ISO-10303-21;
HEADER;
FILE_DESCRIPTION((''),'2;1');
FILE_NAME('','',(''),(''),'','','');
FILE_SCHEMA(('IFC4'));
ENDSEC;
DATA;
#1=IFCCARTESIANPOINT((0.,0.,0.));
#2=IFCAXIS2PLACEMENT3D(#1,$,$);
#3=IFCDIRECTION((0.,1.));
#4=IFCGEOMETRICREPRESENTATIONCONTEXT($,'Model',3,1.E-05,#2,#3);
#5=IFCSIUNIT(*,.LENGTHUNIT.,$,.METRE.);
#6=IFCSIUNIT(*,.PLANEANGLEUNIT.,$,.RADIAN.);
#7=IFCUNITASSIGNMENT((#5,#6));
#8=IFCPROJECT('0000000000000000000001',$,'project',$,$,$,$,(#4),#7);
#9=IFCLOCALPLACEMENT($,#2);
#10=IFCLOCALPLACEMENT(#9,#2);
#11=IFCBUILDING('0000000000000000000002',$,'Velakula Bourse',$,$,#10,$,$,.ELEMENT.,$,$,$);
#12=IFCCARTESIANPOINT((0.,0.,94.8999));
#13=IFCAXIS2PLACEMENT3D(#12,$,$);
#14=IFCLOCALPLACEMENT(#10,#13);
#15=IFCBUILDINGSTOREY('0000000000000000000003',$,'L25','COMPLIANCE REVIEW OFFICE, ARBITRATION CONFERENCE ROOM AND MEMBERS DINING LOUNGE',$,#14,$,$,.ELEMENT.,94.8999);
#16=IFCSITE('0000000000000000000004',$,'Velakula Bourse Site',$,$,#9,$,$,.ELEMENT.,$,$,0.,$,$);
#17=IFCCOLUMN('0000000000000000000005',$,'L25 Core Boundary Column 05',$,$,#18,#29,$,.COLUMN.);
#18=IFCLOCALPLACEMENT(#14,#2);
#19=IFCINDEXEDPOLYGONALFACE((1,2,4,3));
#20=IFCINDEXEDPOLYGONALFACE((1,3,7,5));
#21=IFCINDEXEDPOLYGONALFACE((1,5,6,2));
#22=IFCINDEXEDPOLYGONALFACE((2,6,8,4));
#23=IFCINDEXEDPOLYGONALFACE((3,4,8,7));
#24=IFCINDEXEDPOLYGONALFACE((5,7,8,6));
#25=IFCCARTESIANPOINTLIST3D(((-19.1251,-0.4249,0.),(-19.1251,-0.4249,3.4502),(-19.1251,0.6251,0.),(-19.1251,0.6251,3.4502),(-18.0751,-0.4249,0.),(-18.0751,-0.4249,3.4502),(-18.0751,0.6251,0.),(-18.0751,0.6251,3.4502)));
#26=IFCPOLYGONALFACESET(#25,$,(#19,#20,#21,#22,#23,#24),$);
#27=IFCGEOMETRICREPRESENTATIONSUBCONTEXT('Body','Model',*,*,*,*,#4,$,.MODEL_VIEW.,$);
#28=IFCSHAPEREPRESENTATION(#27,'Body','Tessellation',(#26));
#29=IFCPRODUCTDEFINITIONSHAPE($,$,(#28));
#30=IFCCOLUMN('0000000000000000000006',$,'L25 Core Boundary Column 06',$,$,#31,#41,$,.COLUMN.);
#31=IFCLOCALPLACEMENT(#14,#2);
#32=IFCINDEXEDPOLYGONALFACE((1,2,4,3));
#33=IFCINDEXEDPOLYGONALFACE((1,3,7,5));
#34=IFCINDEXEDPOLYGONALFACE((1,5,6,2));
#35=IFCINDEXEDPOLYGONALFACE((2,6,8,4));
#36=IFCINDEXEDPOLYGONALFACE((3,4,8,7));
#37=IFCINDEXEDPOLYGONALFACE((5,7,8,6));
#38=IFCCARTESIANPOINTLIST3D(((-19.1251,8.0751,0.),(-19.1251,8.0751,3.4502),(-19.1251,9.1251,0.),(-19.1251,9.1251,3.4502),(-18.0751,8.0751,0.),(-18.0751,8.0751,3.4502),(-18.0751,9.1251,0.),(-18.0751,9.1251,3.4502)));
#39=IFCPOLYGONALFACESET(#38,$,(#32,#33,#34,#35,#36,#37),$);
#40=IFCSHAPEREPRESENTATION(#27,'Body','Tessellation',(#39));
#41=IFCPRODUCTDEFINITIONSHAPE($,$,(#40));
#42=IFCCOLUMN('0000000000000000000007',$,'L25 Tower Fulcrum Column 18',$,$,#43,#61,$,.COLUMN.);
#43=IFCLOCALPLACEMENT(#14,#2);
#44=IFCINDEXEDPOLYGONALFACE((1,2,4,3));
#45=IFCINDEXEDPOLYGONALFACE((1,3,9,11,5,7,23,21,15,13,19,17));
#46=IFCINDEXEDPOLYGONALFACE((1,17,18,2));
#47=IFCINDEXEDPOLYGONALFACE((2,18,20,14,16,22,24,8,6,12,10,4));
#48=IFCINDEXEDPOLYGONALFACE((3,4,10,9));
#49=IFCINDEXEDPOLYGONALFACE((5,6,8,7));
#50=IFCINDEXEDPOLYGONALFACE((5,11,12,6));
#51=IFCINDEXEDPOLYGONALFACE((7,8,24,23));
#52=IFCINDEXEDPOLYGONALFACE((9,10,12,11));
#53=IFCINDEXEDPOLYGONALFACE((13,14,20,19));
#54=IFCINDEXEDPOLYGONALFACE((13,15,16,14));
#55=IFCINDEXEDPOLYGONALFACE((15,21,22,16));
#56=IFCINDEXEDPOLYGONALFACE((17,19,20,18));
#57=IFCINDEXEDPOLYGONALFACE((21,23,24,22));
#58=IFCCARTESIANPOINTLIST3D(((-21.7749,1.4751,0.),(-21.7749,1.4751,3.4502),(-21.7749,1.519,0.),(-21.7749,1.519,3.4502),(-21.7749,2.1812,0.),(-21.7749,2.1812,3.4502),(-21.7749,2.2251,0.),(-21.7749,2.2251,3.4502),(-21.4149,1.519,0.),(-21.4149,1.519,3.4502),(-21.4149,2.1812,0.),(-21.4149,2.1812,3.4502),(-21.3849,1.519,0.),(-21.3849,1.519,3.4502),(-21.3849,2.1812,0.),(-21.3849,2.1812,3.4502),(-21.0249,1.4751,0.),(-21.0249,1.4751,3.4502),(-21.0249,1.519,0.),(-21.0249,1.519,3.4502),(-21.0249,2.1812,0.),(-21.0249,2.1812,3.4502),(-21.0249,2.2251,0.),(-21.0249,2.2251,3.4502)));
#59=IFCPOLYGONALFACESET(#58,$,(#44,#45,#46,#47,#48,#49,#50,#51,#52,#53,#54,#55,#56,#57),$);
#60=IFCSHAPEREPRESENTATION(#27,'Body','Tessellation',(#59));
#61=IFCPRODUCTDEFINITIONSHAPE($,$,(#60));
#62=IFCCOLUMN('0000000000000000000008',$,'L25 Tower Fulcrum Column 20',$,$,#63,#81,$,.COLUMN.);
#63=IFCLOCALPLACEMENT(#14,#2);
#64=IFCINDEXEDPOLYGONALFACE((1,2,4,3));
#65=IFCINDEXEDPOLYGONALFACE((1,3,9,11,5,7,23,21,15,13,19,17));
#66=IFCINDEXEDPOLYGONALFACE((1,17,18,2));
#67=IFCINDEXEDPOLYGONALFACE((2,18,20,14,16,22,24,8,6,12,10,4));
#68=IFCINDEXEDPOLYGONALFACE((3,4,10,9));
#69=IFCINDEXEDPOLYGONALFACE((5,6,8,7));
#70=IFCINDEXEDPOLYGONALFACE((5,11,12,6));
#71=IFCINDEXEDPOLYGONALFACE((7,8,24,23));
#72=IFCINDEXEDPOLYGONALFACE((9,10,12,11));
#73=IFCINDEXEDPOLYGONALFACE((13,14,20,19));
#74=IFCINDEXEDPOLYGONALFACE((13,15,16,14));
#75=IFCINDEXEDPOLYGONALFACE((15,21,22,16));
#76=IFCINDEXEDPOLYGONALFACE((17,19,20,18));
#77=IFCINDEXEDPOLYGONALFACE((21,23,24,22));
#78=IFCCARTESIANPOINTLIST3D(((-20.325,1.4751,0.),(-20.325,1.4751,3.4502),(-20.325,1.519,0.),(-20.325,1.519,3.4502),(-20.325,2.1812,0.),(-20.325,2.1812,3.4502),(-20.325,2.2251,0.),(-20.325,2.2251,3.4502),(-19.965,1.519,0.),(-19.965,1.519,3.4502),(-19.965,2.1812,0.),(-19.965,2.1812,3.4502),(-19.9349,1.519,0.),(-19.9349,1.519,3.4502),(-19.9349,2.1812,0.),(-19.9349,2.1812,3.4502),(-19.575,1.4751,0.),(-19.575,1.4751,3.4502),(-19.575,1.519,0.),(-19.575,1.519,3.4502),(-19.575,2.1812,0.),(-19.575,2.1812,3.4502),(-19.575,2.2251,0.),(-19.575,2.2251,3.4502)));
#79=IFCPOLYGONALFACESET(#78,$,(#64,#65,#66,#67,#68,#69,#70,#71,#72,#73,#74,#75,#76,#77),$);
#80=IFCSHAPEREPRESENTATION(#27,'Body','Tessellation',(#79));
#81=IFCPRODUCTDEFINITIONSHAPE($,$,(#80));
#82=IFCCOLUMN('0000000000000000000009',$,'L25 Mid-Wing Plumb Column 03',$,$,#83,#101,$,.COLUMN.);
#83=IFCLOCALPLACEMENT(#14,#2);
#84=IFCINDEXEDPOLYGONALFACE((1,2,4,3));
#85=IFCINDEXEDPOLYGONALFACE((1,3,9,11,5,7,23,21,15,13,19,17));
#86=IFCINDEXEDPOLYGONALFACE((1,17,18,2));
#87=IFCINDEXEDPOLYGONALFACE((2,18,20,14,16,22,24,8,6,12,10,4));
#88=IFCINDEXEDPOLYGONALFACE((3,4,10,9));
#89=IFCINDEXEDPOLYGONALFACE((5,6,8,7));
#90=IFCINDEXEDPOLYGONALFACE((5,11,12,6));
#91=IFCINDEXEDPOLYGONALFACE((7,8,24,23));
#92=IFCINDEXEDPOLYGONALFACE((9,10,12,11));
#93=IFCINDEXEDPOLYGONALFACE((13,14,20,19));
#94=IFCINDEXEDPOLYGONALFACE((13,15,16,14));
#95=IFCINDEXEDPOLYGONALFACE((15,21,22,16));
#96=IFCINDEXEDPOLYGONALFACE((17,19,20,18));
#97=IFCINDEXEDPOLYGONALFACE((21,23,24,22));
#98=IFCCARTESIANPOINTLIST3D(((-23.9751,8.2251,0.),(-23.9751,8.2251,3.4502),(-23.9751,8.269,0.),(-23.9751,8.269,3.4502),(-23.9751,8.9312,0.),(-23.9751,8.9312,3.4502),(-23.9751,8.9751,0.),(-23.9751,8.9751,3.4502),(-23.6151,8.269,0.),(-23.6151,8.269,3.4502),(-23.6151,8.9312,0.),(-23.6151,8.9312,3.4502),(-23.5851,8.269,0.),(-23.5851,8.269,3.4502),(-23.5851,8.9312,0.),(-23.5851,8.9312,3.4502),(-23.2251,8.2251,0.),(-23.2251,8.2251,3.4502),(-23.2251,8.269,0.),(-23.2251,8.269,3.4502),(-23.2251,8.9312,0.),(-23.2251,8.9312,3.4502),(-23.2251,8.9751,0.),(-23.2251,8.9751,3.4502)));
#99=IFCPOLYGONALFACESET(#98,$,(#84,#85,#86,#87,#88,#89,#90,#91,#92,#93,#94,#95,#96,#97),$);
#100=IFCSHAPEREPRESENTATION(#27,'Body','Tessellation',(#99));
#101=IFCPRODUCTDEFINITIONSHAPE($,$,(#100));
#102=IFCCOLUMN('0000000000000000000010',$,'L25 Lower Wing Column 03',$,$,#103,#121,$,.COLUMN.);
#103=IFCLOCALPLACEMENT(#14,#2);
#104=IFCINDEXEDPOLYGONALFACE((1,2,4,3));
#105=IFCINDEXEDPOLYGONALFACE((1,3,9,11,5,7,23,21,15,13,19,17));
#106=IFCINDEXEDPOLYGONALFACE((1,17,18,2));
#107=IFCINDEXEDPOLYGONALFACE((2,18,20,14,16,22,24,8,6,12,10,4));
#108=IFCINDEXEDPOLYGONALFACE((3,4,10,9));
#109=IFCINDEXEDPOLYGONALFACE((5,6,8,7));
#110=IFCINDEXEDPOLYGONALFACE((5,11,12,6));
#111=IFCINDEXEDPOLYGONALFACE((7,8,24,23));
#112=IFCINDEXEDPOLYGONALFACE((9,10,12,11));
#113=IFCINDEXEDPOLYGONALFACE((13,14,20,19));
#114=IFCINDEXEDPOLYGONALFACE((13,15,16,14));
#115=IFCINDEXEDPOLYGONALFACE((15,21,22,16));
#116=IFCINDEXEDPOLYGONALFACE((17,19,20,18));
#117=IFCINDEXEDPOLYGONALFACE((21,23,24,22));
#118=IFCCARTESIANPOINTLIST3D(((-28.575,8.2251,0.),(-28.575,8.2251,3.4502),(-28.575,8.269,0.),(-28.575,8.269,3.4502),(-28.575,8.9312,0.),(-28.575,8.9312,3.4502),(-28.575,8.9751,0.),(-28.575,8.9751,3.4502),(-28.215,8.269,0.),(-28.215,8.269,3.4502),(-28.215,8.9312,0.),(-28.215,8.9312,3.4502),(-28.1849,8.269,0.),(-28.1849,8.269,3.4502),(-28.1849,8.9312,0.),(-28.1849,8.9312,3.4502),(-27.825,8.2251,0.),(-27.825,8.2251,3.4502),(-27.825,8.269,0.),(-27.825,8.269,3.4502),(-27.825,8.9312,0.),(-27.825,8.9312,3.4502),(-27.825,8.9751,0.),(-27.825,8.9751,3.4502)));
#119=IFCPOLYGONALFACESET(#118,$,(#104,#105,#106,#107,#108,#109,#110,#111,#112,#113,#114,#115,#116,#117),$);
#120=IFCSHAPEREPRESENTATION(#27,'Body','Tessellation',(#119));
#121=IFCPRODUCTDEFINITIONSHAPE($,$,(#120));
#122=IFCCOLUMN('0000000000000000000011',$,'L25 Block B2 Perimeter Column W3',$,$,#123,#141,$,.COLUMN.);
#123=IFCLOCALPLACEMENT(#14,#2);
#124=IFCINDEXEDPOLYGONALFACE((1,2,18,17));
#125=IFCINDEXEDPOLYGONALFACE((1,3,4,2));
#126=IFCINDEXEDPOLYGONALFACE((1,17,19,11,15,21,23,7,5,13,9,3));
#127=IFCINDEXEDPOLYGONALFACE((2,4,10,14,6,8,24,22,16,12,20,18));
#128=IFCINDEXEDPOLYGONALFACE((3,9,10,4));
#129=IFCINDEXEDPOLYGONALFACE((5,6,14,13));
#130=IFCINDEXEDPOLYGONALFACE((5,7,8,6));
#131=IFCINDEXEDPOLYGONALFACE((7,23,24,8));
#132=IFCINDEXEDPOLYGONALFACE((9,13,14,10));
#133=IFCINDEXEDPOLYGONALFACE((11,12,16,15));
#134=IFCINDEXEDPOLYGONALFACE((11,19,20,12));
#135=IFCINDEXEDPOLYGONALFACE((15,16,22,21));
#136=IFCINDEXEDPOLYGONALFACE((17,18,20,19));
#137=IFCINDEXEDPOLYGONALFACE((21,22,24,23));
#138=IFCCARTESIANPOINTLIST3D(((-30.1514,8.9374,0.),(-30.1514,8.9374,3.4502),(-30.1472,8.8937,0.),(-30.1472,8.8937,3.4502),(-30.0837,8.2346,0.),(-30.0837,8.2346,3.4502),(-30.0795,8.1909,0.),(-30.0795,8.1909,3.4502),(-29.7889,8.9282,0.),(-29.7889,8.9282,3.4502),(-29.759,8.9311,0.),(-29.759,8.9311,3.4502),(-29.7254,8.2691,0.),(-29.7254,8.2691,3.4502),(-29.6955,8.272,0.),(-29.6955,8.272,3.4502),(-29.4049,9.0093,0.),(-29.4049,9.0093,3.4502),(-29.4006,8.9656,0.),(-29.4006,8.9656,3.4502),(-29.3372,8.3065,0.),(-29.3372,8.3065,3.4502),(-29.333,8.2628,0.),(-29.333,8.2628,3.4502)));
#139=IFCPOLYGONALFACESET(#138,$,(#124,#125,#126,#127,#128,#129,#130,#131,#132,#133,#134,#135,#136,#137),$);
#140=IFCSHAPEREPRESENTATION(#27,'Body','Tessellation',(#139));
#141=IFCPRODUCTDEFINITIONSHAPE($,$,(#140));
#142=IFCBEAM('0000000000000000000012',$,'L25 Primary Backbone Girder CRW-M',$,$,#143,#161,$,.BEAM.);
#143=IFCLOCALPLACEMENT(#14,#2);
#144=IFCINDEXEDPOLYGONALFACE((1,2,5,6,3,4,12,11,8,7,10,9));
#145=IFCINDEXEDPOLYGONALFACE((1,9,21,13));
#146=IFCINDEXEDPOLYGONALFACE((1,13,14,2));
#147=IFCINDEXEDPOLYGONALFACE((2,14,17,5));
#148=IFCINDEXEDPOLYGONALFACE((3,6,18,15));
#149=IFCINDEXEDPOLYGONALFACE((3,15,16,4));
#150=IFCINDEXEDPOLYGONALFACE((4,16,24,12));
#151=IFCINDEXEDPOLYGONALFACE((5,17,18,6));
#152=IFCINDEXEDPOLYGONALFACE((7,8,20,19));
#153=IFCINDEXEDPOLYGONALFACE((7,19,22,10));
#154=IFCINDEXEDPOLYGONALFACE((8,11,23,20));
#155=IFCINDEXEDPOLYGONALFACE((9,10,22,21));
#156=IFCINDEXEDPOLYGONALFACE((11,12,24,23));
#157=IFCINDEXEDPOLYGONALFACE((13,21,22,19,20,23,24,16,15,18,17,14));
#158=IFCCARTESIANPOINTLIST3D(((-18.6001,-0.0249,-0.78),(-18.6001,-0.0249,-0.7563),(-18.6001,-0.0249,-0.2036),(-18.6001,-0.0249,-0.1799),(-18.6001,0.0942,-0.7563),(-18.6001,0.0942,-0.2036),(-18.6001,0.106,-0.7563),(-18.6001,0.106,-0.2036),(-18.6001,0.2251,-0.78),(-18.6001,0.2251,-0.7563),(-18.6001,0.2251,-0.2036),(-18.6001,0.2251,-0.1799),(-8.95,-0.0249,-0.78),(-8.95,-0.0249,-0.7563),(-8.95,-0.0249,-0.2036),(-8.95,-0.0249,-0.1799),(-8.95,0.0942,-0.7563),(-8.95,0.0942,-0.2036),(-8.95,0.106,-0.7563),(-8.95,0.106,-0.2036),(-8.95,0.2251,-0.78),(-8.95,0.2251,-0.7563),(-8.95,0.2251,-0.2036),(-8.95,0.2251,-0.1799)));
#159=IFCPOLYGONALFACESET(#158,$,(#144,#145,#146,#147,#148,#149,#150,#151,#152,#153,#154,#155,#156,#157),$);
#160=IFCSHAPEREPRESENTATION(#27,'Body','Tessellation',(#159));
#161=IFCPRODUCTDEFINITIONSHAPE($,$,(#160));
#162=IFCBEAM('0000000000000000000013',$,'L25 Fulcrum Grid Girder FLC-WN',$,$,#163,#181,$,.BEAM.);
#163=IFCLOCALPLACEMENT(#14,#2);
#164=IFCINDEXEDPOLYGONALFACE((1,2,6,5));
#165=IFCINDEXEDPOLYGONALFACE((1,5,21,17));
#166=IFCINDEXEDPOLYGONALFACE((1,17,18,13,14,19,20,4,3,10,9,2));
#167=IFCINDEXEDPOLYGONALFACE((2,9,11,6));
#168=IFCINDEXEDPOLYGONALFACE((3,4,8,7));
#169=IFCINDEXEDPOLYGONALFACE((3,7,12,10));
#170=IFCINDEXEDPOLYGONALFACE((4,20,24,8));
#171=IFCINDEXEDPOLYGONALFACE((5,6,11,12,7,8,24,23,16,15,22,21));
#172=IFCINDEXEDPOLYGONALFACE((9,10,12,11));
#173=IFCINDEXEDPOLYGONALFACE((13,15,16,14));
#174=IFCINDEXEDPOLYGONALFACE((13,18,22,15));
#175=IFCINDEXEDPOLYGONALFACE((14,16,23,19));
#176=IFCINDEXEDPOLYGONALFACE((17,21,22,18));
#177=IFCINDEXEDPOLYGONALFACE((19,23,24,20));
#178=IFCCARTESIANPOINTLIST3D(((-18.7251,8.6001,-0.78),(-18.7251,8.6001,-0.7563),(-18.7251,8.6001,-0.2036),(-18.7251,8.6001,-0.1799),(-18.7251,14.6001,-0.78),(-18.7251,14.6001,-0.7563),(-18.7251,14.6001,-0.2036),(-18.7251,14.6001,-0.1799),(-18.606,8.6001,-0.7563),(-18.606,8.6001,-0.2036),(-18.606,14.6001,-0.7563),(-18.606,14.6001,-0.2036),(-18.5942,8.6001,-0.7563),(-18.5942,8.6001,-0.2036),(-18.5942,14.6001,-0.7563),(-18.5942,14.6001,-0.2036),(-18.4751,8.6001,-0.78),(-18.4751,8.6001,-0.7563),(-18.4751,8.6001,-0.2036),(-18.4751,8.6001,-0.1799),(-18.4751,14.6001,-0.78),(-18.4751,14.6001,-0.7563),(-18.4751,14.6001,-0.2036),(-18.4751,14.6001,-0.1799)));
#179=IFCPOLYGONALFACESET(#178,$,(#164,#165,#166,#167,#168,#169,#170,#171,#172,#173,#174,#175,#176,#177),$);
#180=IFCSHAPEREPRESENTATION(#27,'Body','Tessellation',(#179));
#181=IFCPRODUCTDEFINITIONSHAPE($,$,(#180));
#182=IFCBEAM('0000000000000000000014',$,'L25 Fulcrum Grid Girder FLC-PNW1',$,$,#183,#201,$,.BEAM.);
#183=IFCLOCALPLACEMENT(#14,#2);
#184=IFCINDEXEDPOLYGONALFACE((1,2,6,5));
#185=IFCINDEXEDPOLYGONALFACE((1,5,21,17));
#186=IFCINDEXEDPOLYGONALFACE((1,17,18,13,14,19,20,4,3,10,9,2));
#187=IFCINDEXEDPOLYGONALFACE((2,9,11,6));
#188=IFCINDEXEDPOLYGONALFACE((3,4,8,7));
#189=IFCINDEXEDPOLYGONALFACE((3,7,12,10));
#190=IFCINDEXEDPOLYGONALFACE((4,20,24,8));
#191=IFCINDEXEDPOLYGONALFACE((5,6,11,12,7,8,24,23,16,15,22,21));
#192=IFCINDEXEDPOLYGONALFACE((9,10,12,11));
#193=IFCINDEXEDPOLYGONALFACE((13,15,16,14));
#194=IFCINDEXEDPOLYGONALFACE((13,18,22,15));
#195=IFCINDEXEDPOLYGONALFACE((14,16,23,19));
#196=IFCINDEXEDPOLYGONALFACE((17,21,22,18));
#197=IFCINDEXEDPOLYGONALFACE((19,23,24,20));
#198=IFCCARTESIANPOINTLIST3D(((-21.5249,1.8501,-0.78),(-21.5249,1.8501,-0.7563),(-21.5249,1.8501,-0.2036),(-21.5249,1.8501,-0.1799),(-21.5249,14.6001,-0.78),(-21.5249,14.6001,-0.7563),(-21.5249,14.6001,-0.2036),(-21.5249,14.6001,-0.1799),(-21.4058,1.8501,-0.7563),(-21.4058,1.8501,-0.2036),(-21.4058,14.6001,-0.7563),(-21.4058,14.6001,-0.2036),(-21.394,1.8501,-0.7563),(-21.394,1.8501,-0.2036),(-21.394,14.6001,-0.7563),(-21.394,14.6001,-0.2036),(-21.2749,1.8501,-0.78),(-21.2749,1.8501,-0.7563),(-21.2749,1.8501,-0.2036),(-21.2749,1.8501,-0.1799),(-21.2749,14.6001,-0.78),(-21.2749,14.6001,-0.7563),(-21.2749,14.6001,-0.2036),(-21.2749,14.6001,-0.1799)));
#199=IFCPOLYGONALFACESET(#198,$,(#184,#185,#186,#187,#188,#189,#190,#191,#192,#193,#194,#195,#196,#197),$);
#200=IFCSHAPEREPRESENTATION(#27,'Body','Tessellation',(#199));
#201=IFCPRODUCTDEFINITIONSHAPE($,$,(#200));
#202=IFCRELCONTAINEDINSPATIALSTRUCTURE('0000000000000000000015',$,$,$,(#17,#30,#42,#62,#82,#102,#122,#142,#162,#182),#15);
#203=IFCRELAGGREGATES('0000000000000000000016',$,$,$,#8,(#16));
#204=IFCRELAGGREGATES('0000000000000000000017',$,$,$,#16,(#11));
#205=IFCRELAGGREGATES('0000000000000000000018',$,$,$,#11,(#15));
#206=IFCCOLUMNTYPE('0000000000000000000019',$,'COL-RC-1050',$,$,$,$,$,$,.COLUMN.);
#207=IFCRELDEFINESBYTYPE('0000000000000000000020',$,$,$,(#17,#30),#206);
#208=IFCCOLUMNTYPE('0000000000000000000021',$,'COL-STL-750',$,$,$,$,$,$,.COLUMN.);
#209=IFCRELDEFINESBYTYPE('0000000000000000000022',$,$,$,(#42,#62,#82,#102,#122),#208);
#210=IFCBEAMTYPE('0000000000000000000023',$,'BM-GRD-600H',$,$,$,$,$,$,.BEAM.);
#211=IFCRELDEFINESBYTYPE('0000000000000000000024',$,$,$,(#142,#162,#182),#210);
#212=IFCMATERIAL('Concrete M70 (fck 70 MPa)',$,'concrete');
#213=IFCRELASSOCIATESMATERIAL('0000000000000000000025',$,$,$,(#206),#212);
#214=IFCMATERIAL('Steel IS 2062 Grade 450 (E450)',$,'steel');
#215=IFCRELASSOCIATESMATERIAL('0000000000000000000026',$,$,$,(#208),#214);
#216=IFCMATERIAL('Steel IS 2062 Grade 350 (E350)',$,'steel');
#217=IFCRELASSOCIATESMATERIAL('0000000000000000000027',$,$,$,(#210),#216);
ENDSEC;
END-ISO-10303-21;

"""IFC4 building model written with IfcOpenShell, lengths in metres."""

from ifc_helpers import new_model, si_unit, direction, frame, origin, origin_2d, place, context, subcontext, project, spatial, rectangle, i_section, extrude, material, material_profile, profile_set, type_object, element, save


model = new_model("IFC4")

# Units and contexts
model_context = context("Model", 3, precision=1e-05, world=origin(), true_north=direction((0.0, 1.0)))
body_context = subcontext(model_context, "Body", "Model", "MODEL_VIEW")
ifc_project = project(units=[si_unit("LENGTHUNIT", "METRE"), si_unit("PLANEANGLEUNIT", "RADIAN")], contexts=[model_context])

# Site, building, storey
site_placement = place(None, origin())
site = spatial("IfcSite", under=ifc_project, at=site_placement, Name="Velakula Bourse Site", CompositionType="ELEMENT", RefElevation=0.0)
building_placement = place(site_placement, origin())
building = spatial("IfcBuilding", under=site, at=building_placement, Name="Velakula Bourse", CompositionType="ELEMENT")
storey_placement = place(building_placement, frame((0.0, 0.0, 94.8999)))
storey = spatial("IfcBuildingStorey", under=building, at=storey_placement, Name="L25", Description="COMPLIANCE REVIEW OFFICE, ARBITRATION CONFERENCE ROOM AND MEMBERS DINING LOUNGE", CompositionType="ELEMENT", Elevation=94.8999)

# Columns
ifc_material_1 = material(Name="Concrete M70 (fck 70 MPa)", Category="concrete")
ifc_material_profile_1 = material_profile(ifc_material_1, rectangle(XDim=1.05, YDim=1.05, at=origin_2d()), Name="Concrete M70 (fck 70 MPa)")
ifc_profile_set_1 = profile_set([ifc_material_profile_1], Name="Concrete M70 (fck 70 MPa)")
column_type_1 = type_object("IfcColumnType", Name="COL-RC-1050", PredefinedType="COLUMN", material=ifc_profile_set_1)
for number, where, z_axis, x_axis, name in (
    (1, (-18.6001, 0.1001, 0.0), (0.0, 0.0, 1.0), (1.0, 0.0, 0.0), "L25 Core Boundary Column 05"),
    (2, (-18.6001, 8.6001, 0.0), (0.0, 0.0, 1.0), (1.0, 0.0, 0.0), "L25 Core Boundary Column 06"),
):
    element("IfcColumn", number, at=place(storey_placement, frame(where, z_axis=z_axis, x_axis=x_axis)), inside=storey, type_object=column_type_1, Name=name, PredefinedType="COLUMN", context=body_context, shape_type="SweptSolid", body=[
        extrude(rectangle(XDim=1.05, YDim=1.05, at=origin_2d()), origin(), (0.0, 0.0, 1.0), 3.4502),
    ])
ifc_material_2 = material(Name="Steel IS 2062 Grade 450 (E450)", Category="steel")
ifc_material_profile_2 = material_profile(ifc_material_2, i_section(OverallWidth=0.75, OverallDepth=0.75, WebThickness=0.03, FlangeThickness=0.0439, at=origin_2d()), Name="Steel IS 2062 Grade 450 (E450)")
ifc_profile_set_2 = profile_set([ifc_material_profile_2], Name="Steel IS 2062 Grade 450 (E450)")
column_type_2 = type_object("IfcColumnType", Name="COL-STL-750", PredefinedType="COLUMN", material=ifc_profile_set_2)
for number, where, z_axis, x_axis, name in (
    (3, (-21.3999, 1.8501, 0.0), (0.0, 0.0, 1.0), (1.0, 0.0, 0.0), "L25 Tower Fulcrum Column 18"),
    (4, (-19.95, 1.8501, 0.0), (0.0, 0.0, 1.0), (1.0, 0.0, 0.0), "L25 Tower Fulcrum Column 20"),
    (5, (-23.6001, 8.6001, 0.0), (0.0, 0.0, 1.0), (1.0, 0.0, 0.0), "L25 Mid-Wing Plumb Column 03"),
    (6, (-28.2, 8.6001, 0.0), (0.0, 0.0, 1.0), (1.0, 0.0, 0.0), "L25 Lower Wing Column 03"),
    (7, (-29.7422, 8.6001, 0.0), (0.0, 0.0, 1.0), (0.995396, 0.095846, 0.0), "L25 Block B2 Perimeter Column W3"),
):
    element("IfcColumn", number, at=place(storey_placement, frame(where, z_axis=z_axis, x_axis=x_axis)), inside=storey, type_object=column_type_2, Name=name, PredefinedType="COLUMN", context=body_context, shape_type="SweptSolid", body=[
        extrude(i_section(OverallWidth=0.75, OverallDepth=0.75, WebThickness=0.03, FlangeThickness=0.0439, at=origin_2d()), origin(), (0.0, 0.0, 1.0), 3.4502),
    ])

# Beams
ifc_material_3 = material(Name="Steel IS 2062 Grade 350 (E350)", Category="steel")
ifc_material_profile_3 = material_profile(ifc_material_3, i_section(OverallWidth=0.25, OverallDepth=0.6001, WebThickness=0.0117, FlangeThickness=0.0237, at=origin_2d()), Name="Steel IS 2062 Grade 350 (E350)")
ifc_profile_set_3 = profile_set([ifc_material_profile_3], Name="Steel IS 2062 Grade 350 (E350)")
beam_type_1 = type_object("IfcBeamType", Name="BM-GRD-600H", PredefinedType="BEAM", material=ifc_profile_set_3)
beam_1_placement = place(storey_placement, frame((-18.6001, 0.1001, -0.48), z_axis=(1.0, 0.0, 0.0), x_axis=(0.0, 1.0, 0.0)))
element("IfcBeam", 8, at=beam_1_placement, inside=storey, type_object=beam_type_1, Name="L25 Primary Backbone Girder CRW-M", PredefinedType="BEAM", context=body_context, shape_type="SweptSolid", body=[
    extrude(i_section(OverallWidth=0.25, OverallDepth=0.6001, WebThickness=0.0117, FlangeThickness=0.0237, at=origin_2d()), origin(), (0.0, 0.0, 1.0), 9.6501),
])
beam_2_placement = place(storey_placement, frame((-18.6001, 8.6001, -0.48), z_axis=(0.0, 1.0, 0.0), x_axis=(-1.0, 0.0, 0.0)))
element("IfcBeam", 9, at=beam_2_placement, inside=storey, type_object=beam_type_1, Name="L25 Fulcrum Grid Girder FLC-WN", PredefinedType="BEAM", context=body_context, shape_type="SweptSolid", body=[
    extrude(i_section(OverallWidth=0.25, OverallDepth=0.6001, WebThickness=0.0117, FlangeThickness=0.0237, at=origin_2d()), origin(), (0.0, 0.0, 1.0), 6.0),
])
for number, where, z_axis, x_axis, name in (
    (10, (-21.3999, 1.8501, -0.48), (0.0, 1.0, 0.0), (-1.0, 0.0, 0.0), "L25 Fulcrum Grid Girder FLC-PNW1"),
):
    element("IfcBeam", number, at=place(storey_placement, frame(where, z_axis=z_axis, x_axis=x_axis)), inside=storey, type_object=beam_type_1, Name=name, PredefinedType="BEAM", context=body_context, shape_type="SweptSolid", body=[
        extrude(i_section(OverallWidth=0.25, OverallDepth=0.6001, WebThickness=0.0117, FlangeThickness=0.0237, at=origin_2d()), origin(), (0.0, 0.0, 1.0), 12.75),
    ])

save(model, "model.ifc")
